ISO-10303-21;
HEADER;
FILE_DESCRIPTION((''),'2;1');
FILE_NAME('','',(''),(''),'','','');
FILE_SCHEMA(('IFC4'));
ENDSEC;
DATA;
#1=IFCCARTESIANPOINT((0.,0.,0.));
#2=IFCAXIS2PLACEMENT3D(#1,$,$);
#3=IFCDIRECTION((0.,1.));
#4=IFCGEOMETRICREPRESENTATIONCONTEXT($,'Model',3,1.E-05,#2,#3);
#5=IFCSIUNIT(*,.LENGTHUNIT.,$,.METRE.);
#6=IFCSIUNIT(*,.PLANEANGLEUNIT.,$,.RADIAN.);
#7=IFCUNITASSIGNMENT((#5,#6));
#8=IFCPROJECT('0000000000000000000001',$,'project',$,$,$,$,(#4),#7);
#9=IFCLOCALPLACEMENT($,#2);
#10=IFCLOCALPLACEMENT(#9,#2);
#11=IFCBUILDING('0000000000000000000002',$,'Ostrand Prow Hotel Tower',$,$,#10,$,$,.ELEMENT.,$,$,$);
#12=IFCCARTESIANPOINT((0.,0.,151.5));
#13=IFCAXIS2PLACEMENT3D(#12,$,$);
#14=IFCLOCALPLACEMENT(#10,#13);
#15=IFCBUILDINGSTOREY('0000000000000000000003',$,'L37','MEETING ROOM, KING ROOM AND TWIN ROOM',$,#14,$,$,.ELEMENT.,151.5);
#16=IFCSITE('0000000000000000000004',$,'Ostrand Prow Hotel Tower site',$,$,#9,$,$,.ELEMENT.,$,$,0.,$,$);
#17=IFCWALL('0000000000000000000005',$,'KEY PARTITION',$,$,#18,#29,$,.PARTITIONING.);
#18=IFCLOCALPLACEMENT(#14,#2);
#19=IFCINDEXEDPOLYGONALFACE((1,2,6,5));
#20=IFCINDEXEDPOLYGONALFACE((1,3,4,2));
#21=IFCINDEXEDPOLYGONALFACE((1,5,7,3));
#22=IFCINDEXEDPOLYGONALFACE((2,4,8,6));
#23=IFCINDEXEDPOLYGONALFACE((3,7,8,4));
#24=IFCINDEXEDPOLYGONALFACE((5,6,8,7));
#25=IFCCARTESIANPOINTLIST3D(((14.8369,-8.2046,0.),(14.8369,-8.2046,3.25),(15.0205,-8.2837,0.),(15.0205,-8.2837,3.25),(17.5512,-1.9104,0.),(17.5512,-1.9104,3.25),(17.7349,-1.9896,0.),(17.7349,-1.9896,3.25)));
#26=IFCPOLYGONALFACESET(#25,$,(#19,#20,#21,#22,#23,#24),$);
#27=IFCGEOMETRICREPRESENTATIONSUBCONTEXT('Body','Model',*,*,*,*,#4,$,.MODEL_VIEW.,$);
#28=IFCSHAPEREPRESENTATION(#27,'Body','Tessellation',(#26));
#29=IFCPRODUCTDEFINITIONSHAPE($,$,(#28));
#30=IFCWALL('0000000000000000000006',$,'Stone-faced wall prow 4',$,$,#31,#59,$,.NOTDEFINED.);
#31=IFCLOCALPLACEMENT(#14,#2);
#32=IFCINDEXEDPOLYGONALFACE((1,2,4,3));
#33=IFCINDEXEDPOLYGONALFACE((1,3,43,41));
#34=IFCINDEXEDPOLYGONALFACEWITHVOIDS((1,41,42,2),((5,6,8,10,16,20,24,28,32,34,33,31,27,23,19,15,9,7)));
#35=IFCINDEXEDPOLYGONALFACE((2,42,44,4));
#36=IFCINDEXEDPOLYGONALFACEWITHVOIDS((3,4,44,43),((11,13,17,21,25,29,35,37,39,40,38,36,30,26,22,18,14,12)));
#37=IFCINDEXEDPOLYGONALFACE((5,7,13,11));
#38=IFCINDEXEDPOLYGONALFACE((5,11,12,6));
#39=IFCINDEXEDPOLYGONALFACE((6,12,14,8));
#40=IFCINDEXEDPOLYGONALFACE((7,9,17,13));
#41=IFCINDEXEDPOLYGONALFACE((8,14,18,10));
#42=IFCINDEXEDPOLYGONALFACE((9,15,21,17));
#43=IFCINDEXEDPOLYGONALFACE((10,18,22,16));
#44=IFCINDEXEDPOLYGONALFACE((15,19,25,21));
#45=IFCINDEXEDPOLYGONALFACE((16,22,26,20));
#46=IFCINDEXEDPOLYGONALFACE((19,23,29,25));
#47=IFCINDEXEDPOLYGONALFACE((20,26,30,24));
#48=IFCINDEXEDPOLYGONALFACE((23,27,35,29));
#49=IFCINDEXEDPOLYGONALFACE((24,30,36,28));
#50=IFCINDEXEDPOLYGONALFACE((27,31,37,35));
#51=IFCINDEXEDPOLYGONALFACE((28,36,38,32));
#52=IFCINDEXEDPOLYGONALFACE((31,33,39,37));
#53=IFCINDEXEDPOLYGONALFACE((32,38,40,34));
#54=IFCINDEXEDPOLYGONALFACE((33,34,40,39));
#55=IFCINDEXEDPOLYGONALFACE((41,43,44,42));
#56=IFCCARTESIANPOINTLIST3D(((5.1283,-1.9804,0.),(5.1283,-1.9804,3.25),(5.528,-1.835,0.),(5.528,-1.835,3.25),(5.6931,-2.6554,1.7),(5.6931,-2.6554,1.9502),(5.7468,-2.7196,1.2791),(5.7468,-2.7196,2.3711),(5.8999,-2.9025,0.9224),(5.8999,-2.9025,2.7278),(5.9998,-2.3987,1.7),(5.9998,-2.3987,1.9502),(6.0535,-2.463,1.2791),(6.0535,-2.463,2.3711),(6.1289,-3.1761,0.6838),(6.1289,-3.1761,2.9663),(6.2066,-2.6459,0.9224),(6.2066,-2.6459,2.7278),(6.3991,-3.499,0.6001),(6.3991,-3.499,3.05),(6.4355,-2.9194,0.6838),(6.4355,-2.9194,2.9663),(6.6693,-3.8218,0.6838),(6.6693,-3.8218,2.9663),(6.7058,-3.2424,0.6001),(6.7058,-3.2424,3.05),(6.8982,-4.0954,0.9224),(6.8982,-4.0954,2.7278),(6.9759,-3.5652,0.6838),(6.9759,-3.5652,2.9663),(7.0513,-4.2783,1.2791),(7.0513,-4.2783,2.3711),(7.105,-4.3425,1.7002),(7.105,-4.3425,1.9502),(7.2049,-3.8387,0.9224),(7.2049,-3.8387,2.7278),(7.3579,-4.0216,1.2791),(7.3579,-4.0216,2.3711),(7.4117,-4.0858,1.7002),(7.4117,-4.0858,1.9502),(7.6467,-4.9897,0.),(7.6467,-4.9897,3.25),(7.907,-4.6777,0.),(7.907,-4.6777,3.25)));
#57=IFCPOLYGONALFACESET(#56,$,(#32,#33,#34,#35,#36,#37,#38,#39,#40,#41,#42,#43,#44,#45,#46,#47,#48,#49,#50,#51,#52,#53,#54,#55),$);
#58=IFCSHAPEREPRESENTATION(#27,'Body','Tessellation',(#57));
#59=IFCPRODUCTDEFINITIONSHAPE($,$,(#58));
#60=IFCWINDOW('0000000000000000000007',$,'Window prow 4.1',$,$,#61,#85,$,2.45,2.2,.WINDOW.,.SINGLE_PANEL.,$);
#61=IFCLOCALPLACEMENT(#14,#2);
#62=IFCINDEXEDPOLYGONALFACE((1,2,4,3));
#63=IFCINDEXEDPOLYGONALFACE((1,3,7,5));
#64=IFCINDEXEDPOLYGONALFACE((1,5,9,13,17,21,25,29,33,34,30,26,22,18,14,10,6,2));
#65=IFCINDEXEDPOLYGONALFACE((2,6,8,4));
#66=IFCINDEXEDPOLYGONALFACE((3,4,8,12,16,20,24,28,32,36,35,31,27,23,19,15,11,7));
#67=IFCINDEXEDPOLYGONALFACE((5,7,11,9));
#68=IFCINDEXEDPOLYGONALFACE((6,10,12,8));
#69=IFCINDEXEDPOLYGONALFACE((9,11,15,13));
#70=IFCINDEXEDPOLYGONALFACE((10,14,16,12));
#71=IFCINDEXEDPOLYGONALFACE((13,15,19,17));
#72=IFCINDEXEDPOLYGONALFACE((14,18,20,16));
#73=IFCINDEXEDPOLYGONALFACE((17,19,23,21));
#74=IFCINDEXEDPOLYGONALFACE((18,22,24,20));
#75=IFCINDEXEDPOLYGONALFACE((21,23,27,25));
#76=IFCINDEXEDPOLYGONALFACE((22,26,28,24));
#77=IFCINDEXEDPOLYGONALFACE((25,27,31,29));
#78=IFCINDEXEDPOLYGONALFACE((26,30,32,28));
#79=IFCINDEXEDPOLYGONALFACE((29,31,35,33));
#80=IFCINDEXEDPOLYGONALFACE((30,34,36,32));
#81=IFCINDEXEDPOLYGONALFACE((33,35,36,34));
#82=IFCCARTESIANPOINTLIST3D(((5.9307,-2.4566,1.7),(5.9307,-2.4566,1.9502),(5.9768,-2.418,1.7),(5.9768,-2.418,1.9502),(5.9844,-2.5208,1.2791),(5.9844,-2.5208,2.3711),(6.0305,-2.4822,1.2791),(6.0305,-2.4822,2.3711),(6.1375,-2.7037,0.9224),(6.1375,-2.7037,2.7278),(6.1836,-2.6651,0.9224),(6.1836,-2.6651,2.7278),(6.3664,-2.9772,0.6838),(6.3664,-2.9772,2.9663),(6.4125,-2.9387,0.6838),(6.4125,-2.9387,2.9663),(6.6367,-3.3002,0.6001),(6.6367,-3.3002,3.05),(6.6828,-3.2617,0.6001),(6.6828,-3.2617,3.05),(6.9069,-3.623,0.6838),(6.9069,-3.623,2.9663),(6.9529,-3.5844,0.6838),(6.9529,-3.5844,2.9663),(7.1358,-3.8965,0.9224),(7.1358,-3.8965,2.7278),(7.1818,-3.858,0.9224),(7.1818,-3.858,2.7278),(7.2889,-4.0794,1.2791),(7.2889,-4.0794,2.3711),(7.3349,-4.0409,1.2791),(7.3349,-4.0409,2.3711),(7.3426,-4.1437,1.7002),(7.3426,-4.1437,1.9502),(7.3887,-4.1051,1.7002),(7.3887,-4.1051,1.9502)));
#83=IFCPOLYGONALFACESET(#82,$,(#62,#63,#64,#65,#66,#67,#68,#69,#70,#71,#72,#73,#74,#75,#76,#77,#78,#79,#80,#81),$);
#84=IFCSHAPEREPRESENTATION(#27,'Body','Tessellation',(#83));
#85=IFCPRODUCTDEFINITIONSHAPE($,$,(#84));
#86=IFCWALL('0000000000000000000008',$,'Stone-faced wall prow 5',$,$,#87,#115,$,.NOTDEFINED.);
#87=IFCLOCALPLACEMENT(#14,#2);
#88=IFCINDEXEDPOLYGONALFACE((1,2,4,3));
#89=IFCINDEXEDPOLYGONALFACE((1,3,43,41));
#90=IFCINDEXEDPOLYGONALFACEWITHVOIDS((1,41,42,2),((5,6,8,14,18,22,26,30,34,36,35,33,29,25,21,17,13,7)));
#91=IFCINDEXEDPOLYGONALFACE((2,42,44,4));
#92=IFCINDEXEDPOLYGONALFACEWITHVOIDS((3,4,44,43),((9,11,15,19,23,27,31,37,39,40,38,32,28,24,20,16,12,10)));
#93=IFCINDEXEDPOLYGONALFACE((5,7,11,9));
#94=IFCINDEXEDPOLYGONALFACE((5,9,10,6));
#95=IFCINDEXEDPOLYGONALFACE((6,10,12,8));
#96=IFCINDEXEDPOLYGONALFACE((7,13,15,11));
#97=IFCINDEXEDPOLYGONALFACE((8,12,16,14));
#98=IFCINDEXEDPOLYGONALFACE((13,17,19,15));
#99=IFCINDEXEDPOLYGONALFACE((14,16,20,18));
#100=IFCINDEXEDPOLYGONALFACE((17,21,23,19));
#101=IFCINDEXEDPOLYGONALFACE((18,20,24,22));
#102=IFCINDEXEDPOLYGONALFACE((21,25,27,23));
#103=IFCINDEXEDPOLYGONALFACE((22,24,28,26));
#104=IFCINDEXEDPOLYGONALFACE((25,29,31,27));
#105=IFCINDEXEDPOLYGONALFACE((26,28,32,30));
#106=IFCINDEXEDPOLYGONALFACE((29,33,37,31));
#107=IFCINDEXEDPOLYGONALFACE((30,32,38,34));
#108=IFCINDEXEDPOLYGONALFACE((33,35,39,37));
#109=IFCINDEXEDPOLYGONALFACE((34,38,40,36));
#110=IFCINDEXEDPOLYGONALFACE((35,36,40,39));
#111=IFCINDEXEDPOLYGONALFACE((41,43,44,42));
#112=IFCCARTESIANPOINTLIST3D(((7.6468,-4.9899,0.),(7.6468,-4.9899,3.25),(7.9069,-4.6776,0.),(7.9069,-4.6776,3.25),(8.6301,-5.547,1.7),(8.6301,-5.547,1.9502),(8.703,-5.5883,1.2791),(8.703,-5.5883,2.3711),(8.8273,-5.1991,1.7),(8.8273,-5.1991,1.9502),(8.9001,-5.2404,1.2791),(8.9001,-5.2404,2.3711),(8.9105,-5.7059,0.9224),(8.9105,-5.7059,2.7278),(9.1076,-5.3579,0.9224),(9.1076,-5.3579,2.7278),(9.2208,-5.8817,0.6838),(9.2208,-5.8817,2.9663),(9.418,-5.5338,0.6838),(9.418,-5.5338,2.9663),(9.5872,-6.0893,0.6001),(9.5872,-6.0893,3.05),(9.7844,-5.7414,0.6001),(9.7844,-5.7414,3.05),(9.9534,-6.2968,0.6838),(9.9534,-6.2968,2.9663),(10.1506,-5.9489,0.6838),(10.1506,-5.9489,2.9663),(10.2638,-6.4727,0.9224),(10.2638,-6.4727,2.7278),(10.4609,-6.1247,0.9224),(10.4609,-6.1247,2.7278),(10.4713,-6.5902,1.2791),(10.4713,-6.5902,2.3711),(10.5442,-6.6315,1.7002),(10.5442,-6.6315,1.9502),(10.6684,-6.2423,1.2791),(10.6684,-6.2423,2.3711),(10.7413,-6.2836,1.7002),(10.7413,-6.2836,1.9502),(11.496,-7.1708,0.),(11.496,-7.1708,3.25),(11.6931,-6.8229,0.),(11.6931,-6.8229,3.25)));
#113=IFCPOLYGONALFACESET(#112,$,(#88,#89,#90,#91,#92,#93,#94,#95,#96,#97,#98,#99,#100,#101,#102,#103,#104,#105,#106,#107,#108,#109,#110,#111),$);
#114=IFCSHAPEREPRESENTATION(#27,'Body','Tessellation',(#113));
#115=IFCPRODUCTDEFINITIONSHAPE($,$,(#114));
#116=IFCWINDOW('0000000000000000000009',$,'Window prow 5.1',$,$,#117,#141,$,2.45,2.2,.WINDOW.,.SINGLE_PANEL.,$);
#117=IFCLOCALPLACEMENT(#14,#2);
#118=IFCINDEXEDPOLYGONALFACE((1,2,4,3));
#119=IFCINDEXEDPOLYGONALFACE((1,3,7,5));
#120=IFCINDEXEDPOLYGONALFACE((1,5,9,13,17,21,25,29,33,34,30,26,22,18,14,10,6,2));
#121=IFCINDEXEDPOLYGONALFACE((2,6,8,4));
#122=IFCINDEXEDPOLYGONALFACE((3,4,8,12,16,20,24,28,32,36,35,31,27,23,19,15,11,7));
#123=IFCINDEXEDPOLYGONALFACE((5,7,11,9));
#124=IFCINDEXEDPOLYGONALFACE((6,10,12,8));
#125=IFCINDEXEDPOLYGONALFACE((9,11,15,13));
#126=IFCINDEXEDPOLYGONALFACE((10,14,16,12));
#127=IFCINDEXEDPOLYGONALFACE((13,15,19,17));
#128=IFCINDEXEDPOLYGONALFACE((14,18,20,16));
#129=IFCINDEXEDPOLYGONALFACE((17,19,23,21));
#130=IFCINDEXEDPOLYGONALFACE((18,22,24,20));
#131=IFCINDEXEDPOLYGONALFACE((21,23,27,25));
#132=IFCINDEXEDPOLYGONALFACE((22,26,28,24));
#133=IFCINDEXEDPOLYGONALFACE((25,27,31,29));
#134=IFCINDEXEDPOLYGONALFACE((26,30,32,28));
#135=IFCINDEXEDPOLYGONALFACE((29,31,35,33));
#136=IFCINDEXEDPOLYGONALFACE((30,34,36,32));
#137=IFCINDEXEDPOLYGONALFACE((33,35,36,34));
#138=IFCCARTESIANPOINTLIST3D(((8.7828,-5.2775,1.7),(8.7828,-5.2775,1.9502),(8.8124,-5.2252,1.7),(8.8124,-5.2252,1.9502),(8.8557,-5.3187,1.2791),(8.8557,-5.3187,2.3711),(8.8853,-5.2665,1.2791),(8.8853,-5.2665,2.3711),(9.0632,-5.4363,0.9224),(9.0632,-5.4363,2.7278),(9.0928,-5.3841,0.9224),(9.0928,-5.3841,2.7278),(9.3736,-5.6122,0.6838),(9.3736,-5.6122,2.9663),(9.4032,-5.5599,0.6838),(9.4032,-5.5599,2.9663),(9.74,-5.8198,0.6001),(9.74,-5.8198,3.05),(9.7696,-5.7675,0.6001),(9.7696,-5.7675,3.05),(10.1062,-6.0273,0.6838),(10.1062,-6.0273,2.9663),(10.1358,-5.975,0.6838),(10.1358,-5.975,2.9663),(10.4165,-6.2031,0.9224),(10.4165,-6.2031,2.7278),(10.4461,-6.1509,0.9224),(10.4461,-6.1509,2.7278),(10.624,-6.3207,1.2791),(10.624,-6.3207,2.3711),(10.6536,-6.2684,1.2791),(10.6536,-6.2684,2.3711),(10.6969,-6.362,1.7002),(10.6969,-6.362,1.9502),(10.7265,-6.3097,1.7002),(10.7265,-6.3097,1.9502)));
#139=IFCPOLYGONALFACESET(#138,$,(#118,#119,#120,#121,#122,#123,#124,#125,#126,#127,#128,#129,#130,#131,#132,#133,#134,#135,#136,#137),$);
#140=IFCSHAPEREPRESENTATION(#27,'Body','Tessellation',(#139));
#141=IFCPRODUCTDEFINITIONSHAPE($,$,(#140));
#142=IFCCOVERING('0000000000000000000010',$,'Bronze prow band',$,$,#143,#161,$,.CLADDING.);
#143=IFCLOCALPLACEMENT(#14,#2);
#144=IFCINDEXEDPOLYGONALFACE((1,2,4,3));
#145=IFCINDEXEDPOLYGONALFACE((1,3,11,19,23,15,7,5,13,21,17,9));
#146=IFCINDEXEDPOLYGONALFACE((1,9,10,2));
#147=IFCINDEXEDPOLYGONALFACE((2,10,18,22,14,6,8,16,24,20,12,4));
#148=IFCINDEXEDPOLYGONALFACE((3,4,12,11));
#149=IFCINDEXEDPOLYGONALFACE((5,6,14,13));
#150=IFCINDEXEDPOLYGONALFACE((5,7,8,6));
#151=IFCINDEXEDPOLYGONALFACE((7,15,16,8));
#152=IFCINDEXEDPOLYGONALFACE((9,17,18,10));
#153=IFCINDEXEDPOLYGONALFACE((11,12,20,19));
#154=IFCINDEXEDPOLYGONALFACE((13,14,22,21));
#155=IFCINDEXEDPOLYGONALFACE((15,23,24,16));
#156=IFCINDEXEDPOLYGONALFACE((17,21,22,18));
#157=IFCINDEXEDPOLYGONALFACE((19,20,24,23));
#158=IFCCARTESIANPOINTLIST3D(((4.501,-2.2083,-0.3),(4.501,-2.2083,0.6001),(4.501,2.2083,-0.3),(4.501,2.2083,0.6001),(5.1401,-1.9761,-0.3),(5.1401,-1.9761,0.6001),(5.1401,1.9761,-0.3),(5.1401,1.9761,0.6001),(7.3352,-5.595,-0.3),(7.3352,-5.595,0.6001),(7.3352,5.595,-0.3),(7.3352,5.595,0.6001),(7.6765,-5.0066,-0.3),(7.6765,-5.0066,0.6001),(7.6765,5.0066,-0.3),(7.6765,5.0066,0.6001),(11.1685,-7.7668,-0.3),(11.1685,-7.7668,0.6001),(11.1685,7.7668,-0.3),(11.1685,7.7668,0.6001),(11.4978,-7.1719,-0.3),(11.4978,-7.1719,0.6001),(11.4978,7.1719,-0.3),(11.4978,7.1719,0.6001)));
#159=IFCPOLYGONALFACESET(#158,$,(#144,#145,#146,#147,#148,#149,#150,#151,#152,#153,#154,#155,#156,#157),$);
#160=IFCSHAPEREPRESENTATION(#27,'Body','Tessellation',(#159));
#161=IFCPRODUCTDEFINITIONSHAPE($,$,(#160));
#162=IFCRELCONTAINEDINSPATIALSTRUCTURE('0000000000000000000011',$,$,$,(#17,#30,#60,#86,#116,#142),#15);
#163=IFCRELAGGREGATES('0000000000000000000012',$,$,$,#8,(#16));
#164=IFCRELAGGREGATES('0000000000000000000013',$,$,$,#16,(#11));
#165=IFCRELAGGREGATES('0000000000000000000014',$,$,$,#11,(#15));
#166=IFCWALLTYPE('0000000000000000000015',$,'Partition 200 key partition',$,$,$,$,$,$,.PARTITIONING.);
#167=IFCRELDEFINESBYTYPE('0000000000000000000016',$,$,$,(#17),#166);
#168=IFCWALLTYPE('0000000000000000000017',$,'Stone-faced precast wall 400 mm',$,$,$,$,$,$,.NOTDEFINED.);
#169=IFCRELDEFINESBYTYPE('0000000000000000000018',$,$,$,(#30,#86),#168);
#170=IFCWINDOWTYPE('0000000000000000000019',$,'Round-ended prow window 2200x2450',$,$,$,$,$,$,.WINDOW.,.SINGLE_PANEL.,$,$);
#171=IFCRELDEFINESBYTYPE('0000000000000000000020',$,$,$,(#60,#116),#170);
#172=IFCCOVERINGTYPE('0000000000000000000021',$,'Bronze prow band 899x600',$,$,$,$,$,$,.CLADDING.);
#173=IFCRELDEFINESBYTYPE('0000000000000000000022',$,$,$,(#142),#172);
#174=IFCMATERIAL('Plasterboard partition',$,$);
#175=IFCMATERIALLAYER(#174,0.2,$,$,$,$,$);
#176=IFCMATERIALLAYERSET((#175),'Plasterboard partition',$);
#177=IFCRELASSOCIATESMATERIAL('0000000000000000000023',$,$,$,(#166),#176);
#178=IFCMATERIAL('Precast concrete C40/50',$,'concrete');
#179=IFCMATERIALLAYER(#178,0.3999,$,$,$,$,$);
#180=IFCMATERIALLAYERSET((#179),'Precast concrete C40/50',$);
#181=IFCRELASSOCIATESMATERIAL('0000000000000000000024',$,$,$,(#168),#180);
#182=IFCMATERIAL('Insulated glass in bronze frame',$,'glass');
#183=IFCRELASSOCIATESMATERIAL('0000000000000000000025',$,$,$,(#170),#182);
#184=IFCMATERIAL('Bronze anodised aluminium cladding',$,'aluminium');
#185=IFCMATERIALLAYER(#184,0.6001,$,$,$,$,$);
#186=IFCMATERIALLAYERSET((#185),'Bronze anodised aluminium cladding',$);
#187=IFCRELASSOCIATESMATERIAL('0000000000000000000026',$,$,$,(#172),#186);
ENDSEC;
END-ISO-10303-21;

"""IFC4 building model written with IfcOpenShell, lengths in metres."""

from ifc_helpers import new_model, si_unit, direction, frame, frame_2d, origin, place, context, subcontext, project, spatial, polyline, rectangle, outline, extrude, material, layer, layer_set, type_object, element, fill, save


model = new_model("IFC4")

# Units and contexts
model_context = context("Model", 3, precision=1e-05, world=origin(), true_north=direction((0.0, 1.0)))
body_context = subcontext(model_context, "Body", "Model", "MODEL_VIEW")
ifc_project = project(units=[si_unit("LENGTHUNIT", "METRE"), si_unit("PLANEANGLEUNIT", "RADIAN")], contexts=[model_context])

# Site, building, storey
site_placement = place(None, origin())
site = spatial("IfcSite", under=ifc_project, at=site_placement, Name="Ostrand Prow Hotel Tower site", CompositionType="ELEMENT", RefElevation=0.0)
building_placement = place(site_placement, origin())
building = spatial("IfcBuilding", under=site, at=building_placement, Name="Ostrand Prow Hotel Tower", CompositionType="ELEMENT")
storey_placement = place(building_placement, frame((0.0, 0.0, 151.5)))
storey = spatial("IfcBuildingStorey", under=building, at=storey_placement, Name="L37", Description="MEETING ROOM, KING ROOM AND TWIN ROOM", CompositionType="ELEMENT", Elevation=151.5)

# Wall
ifc_material_1 = material(Name="Plasterboard partition")
ifc_layer_1 = layer(ifc_material_1, 0.2)
ifc_layer_set_1 = layer_set([ifc_layer_1], Name="Plasterboard partition")
wall_type_1 = type_object("IfcWallType", Name="Partition 200 key partition", PredefinedType="PARTITIONING", material=ifc_layer_set_1)
wall_1_placement = place(storey_placement, frame((14.9287, -8.2441, 0.0), z_axis=(0.0, 0.0, 1.0), x_axis=(0.395995, 0.918253, 0.0)))
element("IfcWall", 1, at=wall_1_placement, inside=storey, type_object=wall_type_1, Name="KEY PARTITION", PredefinedType="PARTITIONING", context=body_context, shape_type="SweptSolid", body=[
    extrude(rectangle(XDim=6.8545, YDim=0.2, at=frame_2d((3.4272, 0.0))), origin(), (0.0, 0.0, 1.0), 3.25),
])

# Walls, openings, windows
ifc_material_2 = material(Name="Precast concrete C40/50", Category="concrete")
ifc_layer_2 = layer(ifc_material_2, 0.3999)
ifc_layer_set_2 = layer_set([ifc_layer_2], Name="Precast concrete C40/50")
wall_type_2 = type_object("IfcWallType", Name="Stone-faced precast wall 400 mm", PredefinedType="NOTDEFINED", material=ifc_layer_set_2)
wall_2_placement = place(storey_placement, frame((5.3281, -1.9077, 0.0), z_axis=(0.0, 0.0, 1.0), x_axis=(0.641788, -0.766882, 0.0)))
wall_2 = element("IfcWall", 2, at=wall_2_placement, inside=storey, type_object=wall_type_2, Name="Stone-faced wall prow 4", PredefinedType="NOTDEFINED", context=body_context, shape_type="SweptSolid", body=[
    extrude(outline(polyline([(-0.0725, -0.2), (3.8516, -0.2), (3.7793, 0.2), (0.0725, 0.2), (-0.0725, -0.2)])), origin(), (0.0, 0.0, 1.0), 3.25),
])
opening_1_placement = place(wall_2_placement, frame((0.8076, 0.0, 0.6001)))
opening_1 = element("IfcOpeningElement", 3, at=opening_1_placement, cuts=wall_2, PredefinedType="OPENING", context=body_context, shape_type="SweptSolid", body=[
    extrude(outline(polyline([(0.0, 1.3501), (0.0837, 1.771), (0.3223, 2.1277), (0.679, 2.3662), (1.1001, 2.45), (1.521, 2.3662), (1.8777, 2.1277), (2.1162, 1.771), (2.2, 1.3501), (2.2, 1.1001), (2.1162, 0.679), (1.8777, 0.3223), (1.521, 0.0837), (1.1001, 0.0), (0.679, 0.0837), (0.3223, 0.3223), (0.0837, 0.679), (0.0, 1.0999), (0.0, 1.3501)])), frame((0.0, 0.21, 0.0), z_axis=(0.0, -1.0, 0.0), x_axis=(1.0, 0.0, 0.0)), (0.0, 0.0, 1.0), 0.4199),
])
ifc_material_3 = material(Name="Insulated glass in bronze frame", Category="glass")
window_type = type_object("IfcWindowType", Name="Round-ended prow window 2200x2450", PartitioningType="SINGLE_PANEL", PredefinedType="WINDOW", material=ifc_material_3)
window_1_placement = place(opening_1_placement, origin())
window_1 = element("IfcWindow", 4, at=window_1_placement, inside=storey, type_object=window_type, Name="Window prow 4.1", OverallHeight=2.45, OverallWidth=2.2, PartitioningType="SINGLE_PANEL", PredefinedType="WINDOW", context=body_context, shape_type="SweptSolid", body=[
    extrude(outline(polyline([(0.0, 1.3501), (0.0837, 1.771), (0.3223, 2.1277), (0.679, 2.3662), (1.1001, 2.45), (1.521, 2.3662), (1.8777, 2.1277), (2.1162, 1.771), (2.2, 1.3501), (2.2, 1.1001), (2.1162, 0.679), (1.8777, 0.3223), (1.521, 0.0837), (1.1001, 0.0), (0.679, 0.0837), (0.3223, 0.3223), (0.0837, 0.679), (0.0, 1.0999), (0.0, 1.3501)])), frame((0.0, 0.1699, 0.0), z_axis=(0.0, -1.0, 0.0), x_axis=(1.0, 0.0, 0.0)), (0.0, 0.0, 1.0), 0.0601),
])
fill(opening_1, window_1)
wall_3_placement = place(storey_placement, frame((7.7769, -4.8337, 0.0), z_axis=(0.0, 0.0, 1.0), x_axis=(0.870045, -0.492972, 0.0)))
wall_3 = element("IfcWall", 5, at=wall_3_placement, inside=storey, type_object=wall_type_2, Name="Stone-faced wall prow 5", PredefinedType="NOTDEFINED", context=body_context, shape_type="SweptSolid", body=[
    extrude(outline(polyline([(-0.0361, -0.2), (4.3879, -0.2), (4.3879, 0.2), (0.0361, 0.2), (-0.0361, -0.2)])), origin(), (0.0, 0.0, 1.0), 3.25),
])
opening_2_placement = place(wall_3_placement, frame((1.094, 0.0, 0.6001)))
opening_2 = element("IfcOpeningElement", 6, at=opening_2_placement, cuts=wall_3, PredefinedType="OPENING", context=body_context, shape_type="SweptSolid", body=[
    extrude(outline(polyline([(0.0, 1.3501), (0.0837, 1.771), (0.3223, 2.1277), (0.679, 2.3662), (1.1001, 2.45), (1.521, 2.3662), (1.8777, 2.1277), (2.1162, 1.771), (2.2, 1.3501), (2.2, 1.1001), (2.1162, 0.679), (1.8777, 0.3223), (1.521, 0.0837), (1.1001, 0.0), (0.679, 0.0837), (0.3223, 0.3223), (0.0837, 0.679), (0.0, 1.0999), (0.0, 1.3501)])), frame((0.0, 0.21, 0.0), z_axis=(0.0, -1.0, 0.0), x_axis=(1.0, 0.0, 0.0)), (0.0, 0.0, 1.0), 0.4199),
])
window_2_placement = place(opening_2_placement, origin())
window_2 = element("IfcWindow", 7, at=window_2_placement, inside=storey, type_object=window_type, Name="Window prow 5.1", OverallHeight=2.45, OverallWidth=2.2, PartitioningType="SINGLE_PANEL", PredefinedType="WINDOW", context=body_context, shape_type="SweptSolid", body=[
    extrude(outline(polyline([(0.0, 1.3501), (0.0837, 1.771), (0.3223, 2.1277), (0.679, 2.3662), (1.1001, 2.45), (1.521, 2.3662), (1.8777, 2.1277), (2.1162, 1.771), (2.2, 1.3501), (2.2, 1.1001), (2.1162, 0.679), (1.8777, 0.3223), (1.521, 0.0837), (1.1001, 0.0), (0.679, 0.0837), (0.3223, 0.3223), (0.0837, 0.679), (0.0, 1.0999), (0.0, 1.3501)])), frame((0.0, 0.1699, 0.0), z_axis=(0.0, -1.0, 0.0), x_axis=(1.0, 0.0, 0.0)), (0.0, 0.0, 1.0), 0.0601),
])
fill(opening_2, window_2)

# Covering
ifc_material_4 = material(Name="Bronze anodised aluminium cladding", Category="aluminium")
ifc_layer_3 = layer(ifc_material_4, 0.6001)
ifc_layer_set_3 = layer_set([ifc_layer_3], Name="Bronze anodised aluminium cladding")
covering_type_1 = type_object("IfcCoveringType", Name="Bronze prow band 899x600", PredefinedType="CLADDING", material=ifc_layer_set_3)
covering_1_placement = place(storey_placement, frame((0.0, 0.0, -0.3)))
element("IfcCovering", 8, at=covering_1_placement, inside=storey, type_object=covering_type_1, Name="Bronze prow band", PredefinedType="CLADDING", context=body_context, shape_type="SweptSolid", body=[
    extrude(outline(polyline([(11.1685, 7.7668), (7.3352, 5.595), (4.501, 2.2083), (4.501, -2.2083), (7.3352, -5.595), (11.1685, -7.7668), (11.4978, -7.1719), (7.6765, -5.0066), (5.1401, -1.9761), (5.1401, 1.9761), (7.6765, 5.0066), (11.4978, 7.1719), (11.1685, 7.7668)])), origin(), (0.0, 0.0, 1.0), 0.9001),
])

save(model, "model.ifc")
